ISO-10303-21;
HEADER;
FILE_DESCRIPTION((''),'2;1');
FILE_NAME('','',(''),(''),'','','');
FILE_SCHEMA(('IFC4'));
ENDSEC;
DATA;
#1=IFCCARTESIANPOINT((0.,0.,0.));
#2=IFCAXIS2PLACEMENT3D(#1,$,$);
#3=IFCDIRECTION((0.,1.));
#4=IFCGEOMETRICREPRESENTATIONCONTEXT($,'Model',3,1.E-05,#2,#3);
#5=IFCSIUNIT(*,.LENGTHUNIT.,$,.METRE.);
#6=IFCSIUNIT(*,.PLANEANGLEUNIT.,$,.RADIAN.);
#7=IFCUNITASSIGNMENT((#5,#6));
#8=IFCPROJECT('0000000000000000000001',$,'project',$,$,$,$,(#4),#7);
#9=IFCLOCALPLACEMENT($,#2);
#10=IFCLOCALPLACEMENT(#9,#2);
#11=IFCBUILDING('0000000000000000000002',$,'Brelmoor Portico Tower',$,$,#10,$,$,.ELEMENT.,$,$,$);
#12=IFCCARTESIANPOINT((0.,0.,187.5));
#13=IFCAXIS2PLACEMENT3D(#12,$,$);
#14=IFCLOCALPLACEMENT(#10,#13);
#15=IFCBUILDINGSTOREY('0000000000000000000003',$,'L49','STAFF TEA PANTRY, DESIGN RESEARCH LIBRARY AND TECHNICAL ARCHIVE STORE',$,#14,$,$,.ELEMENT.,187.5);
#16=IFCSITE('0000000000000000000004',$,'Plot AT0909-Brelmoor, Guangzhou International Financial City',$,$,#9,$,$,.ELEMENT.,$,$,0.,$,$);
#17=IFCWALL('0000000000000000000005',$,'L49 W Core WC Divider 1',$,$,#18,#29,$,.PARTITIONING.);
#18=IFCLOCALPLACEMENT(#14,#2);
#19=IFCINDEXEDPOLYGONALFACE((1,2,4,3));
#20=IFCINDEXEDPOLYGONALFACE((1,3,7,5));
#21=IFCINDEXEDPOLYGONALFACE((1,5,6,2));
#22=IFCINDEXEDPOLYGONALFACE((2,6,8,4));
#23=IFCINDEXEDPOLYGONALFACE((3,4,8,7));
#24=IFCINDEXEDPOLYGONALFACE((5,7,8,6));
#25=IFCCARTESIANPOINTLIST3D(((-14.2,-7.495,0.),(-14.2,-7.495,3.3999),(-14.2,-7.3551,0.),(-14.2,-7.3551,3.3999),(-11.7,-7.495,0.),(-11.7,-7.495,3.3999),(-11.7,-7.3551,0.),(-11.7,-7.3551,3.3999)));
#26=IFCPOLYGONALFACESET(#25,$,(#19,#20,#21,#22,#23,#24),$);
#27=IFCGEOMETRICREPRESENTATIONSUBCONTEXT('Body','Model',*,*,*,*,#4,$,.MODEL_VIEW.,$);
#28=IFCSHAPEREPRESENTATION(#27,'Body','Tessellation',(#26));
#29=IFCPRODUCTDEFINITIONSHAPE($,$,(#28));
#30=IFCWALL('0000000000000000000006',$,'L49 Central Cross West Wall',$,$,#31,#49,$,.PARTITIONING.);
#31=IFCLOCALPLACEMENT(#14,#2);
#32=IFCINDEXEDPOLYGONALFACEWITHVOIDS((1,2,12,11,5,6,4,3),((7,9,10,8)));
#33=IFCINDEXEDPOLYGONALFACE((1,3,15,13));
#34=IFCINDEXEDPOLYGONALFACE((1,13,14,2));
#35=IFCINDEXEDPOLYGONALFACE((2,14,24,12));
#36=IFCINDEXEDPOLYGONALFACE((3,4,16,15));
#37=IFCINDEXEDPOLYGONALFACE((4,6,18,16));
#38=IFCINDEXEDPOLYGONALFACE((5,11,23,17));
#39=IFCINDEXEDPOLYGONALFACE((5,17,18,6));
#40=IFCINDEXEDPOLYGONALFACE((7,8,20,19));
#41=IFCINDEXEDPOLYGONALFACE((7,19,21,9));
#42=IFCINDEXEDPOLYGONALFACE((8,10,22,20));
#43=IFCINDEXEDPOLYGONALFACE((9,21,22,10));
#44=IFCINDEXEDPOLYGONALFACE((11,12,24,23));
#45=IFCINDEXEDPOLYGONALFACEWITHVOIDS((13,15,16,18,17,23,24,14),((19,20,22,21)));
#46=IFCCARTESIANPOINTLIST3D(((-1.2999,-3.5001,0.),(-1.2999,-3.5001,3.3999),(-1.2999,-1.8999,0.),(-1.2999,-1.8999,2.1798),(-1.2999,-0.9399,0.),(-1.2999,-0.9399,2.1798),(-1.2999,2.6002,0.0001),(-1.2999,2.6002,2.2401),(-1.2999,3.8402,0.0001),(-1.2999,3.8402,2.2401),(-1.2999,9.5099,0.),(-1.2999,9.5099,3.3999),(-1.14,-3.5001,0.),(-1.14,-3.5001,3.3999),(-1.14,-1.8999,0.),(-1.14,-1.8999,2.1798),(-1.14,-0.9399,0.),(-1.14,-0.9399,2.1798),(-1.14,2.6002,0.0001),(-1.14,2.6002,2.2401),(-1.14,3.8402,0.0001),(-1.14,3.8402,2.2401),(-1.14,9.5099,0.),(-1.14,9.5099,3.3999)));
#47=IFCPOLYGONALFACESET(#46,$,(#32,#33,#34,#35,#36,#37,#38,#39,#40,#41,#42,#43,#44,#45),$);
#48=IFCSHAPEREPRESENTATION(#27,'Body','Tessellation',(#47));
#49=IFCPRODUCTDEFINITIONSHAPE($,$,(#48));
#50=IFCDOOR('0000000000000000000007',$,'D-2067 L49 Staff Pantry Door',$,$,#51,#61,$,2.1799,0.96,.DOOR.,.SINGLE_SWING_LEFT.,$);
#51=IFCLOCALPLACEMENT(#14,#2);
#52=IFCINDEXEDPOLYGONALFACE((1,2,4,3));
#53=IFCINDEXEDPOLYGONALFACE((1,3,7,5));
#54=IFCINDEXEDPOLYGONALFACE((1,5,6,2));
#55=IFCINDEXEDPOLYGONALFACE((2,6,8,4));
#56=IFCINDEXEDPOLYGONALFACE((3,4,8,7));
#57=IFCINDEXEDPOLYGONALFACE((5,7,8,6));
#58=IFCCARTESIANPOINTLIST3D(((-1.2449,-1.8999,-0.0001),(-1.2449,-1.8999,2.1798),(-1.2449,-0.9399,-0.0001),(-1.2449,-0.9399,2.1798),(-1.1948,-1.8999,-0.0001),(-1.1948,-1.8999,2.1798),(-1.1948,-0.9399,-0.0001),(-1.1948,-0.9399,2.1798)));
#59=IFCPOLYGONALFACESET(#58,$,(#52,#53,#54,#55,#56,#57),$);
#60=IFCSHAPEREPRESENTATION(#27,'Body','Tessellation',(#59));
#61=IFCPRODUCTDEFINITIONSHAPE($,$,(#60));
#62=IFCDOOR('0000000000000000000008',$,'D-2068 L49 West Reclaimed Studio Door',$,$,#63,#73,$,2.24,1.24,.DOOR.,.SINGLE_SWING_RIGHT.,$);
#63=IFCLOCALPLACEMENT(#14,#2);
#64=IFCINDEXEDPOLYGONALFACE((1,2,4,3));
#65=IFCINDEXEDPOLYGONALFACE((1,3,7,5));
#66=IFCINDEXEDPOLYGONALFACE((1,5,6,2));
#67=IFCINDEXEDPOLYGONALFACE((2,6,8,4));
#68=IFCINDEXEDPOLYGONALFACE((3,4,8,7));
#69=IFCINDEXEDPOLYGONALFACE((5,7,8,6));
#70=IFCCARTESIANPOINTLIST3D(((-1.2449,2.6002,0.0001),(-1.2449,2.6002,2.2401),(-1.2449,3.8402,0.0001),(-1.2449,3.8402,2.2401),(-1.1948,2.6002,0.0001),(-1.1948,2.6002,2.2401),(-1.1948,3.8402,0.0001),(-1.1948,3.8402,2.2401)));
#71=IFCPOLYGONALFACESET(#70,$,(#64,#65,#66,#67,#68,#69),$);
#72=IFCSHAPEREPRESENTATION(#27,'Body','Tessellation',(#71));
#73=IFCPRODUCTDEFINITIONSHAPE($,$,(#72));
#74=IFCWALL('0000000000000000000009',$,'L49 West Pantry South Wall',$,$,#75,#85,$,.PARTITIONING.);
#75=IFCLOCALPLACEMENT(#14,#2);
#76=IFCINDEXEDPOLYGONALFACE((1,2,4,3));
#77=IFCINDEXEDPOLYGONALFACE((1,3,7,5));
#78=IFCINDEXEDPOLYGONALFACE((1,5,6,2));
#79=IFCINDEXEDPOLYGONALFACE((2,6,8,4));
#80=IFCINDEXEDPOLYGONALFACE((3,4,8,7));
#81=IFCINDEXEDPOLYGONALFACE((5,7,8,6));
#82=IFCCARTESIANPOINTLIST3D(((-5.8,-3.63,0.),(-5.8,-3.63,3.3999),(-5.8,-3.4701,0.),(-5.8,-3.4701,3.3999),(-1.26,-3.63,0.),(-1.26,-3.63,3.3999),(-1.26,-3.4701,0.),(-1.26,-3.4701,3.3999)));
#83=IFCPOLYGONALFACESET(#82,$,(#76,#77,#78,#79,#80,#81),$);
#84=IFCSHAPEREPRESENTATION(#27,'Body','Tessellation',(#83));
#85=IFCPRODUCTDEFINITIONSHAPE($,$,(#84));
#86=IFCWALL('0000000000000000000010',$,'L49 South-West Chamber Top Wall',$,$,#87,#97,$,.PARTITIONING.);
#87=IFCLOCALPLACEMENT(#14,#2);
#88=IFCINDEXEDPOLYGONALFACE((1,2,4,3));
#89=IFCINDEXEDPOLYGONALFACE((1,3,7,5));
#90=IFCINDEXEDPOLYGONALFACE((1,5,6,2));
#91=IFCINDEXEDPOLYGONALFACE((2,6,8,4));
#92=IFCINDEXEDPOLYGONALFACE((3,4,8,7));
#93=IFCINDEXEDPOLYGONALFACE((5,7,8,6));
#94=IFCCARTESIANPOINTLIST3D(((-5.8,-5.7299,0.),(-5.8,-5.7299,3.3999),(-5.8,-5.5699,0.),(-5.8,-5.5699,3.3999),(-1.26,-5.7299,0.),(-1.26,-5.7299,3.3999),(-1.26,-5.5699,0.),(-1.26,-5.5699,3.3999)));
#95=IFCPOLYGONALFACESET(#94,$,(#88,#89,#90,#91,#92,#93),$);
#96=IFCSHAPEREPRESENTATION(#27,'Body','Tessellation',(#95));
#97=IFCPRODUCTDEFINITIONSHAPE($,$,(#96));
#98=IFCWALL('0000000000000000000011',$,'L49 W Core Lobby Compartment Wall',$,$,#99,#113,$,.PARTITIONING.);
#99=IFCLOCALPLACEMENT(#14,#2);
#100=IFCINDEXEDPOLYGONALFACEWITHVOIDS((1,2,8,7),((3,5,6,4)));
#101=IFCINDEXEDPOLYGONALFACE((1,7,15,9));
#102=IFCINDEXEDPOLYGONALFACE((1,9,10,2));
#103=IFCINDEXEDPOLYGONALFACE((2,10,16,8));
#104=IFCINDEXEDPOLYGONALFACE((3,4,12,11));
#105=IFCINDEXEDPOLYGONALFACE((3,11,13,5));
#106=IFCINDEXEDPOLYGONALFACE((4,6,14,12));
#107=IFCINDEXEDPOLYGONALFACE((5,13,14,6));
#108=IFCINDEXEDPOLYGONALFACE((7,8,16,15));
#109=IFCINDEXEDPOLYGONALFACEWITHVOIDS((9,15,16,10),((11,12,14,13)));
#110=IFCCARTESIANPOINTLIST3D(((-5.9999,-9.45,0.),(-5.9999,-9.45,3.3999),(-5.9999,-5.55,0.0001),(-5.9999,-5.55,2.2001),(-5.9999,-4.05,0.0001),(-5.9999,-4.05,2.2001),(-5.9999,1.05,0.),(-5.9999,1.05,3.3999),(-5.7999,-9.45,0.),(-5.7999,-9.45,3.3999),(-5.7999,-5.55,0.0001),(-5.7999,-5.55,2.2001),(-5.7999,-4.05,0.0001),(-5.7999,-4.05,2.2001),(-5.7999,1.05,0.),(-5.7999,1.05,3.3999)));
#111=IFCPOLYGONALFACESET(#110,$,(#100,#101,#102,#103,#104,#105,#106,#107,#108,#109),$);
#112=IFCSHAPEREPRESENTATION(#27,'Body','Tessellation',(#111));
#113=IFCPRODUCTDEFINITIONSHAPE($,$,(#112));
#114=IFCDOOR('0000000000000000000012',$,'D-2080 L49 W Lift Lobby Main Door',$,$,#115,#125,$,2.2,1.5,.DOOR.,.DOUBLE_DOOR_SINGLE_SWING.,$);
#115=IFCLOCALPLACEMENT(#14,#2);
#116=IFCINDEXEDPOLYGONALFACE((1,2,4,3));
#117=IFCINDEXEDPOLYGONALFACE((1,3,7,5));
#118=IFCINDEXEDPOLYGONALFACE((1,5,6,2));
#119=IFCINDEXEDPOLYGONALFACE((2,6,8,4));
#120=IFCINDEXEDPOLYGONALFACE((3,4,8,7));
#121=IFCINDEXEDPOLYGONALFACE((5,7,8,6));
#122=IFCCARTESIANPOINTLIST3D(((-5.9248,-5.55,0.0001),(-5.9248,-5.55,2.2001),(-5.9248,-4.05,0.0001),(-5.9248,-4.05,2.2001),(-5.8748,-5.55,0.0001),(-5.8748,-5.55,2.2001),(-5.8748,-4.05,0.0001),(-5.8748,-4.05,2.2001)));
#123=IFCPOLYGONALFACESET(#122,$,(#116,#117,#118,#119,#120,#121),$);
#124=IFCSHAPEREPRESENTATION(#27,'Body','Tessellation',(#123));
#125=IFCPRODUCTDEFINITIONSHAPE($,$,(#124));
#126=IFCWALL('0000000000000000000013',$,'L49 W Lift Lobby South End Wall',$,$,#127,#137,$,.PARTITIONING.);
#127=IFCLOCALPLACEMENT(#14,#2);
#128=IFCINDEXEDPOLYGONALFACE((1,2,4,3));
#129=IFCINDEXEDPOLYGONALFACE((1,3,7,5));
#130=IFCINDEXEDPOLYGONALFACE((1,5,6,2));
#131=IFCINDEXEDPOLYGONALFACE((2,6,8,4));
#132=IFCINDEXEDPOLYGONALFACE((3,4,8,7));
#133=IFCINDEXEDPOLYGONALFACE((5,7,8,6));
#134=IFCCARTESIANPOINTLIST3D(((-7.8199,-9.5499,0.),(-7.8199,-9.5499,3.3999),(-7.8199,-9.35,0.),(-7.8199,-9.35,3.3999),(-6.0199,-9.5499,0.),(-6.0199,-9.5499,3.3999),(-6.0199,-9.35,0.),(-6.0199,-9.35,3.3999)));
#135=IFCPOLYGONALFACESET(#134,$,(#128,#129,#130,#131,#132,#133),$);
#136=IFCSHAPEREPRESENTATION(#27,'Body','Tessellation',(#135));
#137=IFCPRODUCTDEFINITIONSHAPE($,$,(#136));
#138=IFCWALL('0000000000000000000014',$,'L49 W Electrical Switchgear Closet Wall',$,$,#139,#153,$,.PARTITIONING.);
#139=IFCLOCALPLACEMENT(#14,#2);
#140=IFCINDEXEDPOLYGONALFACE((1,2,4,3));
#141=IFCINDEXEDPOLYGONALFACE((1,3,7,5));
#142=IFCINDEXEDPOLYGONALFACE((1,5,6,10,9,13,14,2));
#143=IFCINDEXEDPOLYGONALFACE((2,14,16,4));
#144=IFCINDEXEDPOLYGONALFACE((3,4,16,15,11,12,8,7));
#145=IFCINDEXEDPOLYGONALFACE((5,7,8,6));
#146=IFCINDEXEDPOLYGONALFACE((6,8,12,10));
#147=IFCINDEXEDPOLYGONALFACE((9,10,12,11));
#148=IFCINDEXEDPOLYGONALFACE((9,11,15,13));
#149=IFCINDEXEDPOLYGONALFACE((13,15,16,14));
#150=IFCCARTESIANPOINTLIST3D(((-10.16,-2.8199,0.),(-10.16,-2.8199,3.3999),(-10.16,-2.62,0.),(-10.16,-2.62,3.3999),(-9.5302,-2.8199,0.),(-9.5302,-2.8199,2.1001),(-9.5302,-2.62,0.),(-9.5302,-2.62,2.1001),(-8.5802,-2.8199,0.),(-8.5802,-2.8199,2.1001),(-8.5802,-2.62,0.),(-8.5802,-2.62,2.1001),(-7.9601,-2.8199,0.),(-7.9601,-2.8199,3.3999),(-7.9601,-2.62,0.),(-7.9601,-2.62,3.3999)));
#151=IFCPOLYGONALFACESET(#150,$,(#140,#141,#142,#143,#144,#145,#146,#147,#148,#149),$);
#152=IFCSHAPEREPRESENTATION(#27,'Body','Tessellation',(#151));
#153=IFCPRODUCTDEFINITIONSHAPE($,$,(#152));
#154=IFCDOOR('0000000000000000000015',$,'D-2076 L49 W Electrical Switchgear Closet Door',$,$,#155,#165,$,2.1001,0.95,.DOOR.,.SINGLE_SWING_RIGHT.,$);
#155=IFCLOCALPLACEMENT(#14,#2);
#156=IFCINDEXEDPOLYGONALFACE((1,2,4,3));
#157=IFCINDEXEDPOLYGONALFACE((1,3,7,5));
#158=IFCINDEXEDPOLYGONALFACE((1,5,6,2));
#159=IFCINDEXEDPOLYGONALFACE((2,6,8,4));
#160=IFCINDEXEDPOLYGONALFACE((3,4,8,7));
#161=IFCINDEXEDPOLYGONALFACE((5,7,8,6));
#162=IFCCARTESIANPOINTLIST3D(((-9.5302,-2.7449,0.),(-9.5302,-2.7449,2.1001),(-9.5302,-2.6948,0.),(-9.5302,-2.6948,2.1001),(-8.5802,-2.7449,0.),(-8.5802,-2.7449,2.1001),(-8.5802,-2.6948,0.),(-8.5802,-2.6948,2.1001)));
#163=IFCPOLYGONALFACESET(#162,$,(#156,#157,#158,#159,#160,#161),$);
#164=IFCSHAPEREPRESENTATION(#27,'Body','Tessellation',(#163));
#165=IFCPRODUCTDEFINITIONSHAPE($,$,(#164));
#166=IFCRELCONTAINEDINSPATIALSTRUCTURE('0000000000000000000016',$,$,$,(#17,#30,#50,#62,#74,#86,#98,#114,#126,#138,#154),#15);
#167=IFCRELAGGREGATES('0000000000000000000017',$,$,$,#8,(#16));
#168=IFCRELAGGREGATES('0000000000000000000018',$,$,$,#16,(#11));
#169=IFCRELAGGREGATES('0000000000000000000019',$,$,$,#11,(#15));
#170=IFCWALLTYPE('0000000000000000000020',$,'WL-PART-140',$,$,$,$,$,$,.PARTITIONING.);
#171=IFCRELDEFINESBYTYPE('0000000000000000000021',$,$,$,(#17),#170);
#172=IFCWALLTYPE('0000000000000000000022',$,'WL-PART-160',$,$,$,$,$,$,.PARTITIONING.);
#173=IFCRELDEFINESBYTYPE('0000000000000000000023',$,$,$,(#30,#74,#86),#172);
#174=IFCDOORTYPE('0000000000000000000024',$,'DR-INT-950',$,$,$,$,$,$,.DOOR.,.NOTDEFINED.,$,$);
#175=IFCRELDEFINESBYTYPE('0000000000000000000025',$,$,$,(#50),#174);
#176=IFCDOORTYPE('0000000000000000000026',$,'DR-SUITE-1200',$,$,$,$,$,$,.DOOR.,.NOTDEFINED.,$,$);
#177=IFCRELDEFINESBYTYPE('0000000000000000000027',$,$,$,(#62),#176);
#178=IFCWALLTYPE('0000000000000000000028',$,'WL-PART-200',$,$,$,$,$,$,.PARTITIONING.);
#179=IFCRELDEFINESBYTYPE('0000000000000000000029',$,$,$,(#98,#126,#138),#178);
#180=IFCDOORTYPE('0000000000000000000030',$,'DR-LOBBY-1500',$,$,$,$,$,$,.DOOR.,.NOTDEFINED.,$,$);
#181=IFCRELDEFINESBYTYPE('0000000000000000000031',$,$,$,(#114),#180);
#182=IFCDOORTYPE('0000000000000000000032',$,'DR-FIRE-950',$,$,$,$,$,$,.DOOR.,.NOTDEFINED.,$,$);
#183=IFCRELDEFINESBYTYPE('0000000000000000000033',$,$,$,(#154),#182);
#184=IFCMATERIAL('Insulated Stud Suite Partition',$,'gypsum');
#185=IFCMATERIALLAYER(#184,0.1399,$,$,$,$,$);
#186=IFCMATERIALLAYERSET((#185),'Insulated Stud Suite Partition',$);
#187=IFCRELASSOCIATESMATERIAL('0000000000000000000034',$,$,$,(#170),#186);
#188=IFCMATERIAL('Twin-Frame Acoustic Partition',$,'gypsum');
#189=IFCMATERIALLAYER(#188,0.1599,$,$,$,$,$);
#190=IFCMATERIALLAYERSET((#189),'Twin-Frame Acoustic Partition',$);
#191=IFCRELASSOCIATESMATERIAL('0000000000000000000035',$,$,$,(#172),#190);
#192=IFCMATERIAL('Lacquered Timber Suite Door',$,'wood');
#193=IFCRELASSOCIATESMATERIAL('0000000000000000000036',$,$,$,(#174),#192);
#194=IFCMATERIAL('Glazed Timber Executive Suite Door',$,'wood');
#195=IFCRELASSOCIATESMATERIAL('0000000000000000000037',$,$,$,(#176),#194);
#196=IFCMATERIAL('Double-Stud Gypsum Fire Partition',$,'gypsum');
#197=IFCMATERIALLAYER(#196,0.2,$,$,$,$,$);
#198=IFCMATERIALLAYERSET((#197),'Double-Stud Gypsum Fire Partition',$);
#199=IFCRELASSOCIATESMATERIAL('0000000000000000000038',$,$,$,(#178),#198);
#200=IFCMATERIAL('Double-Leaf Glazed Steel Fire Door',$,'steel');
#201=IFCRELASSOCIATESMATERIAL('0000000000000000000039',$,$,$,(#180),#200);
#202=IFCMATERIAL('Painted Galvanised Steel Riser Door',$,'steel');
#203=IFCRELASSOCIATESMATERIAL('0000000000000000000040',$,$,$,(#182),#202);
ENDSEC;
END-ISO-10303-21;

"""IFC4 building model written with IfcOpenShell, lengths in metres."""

from ifc_helpers import new_model, si_unit, direction, frame, frame_2d, origin, place, context, subcontext, project, spatial, rectangle, extrude, material, layer, layer_set, type_object, element, fill, save


model = new_model("IFC4")

# Units and contexts
model_context = context("Model", 3, precision=1e-05, world=origin(), true_north=direction((0.0, 1.0)))
body_context = subcontext(model_context, "Body", "Model", "MODEL_VIEW")
ifc_project = project(units=[si_unit("LENGTHUNIT", "METRE"), si_unit("PLANEANGLEUNIT", "RADIAN")], contexts=[model_context])

# Site, building, storey
site_placement = place(None, origin())
site = spatial("IfcSite", under=ifc_project, at=site_placement, Name="Plot AT0909-Brelmoor, Guangzhou International Financial City", CompositionType="ELEMENT", RefElevation=0.0)
building_placement = place(site_placement, origin())
building = spatial("IfcBuilding", under=site, at=building_placement, Name="Brelmoor Portico Tower", CompositionType="ELEMENT")
storey_placement = place(building_placement, frame((0.0, 0.0, 187.5)))
storey = spatial("IfcBuildingStorey", under=building, at=storey_placement, Name="L49", Description="STAFF TEA PANTRY, DESIGN RESEARCH LIBRARY AND TECHNICAL ARCHIVE STORE", CompositionType="ELEMENT", Elevation=187.5)

# Wall
ifc_material_1 = material(Name="Insulated Stud Suite Partition", Category="gypsum")
ifc_layer_1 = layer(ifc_material_1, 0.1399)
ifc_layer_set_1 = layer_set([ifc_layer_1], Name="Insulated Stud Suite Partition")
wall_type_1 = type_object("IfcWallType", Name="WL-PART-140", PredefinedType="PARTITIONING", material=ifc_layer_set_1)
wall_1_placement = place(storey_placement, frame((-11.7, -7.425, 0.0), z_axis=(0.0, 0.0, 1.0), x_axis=(-1.0, 0.0, 0.0)))
element("IfcWall", 1, at=wall_1_placement, inside=storey, type_object=wall_type_1, Name="L49 W Core WC Divider 1", PredefinedType="PARTITIONING", context=body_context, shape_type="SweptSolid", body=[
    extrude(rectangle(XDim=2.5, YDim=0.1399, at=frame_2d((1.25, 0.0))), origin(), (0.0, 0.0, 1.0), 3.3999),
])

# Wall, openings, doors
ifc_material_2 = material(Name="Twin-Frame Acoustic Partition", Category="gypsum")
ifc_layer_2 = layer(ifc_material_2, 0.1599)
ifc_layer_set_2 = layer_set([ifc_layer_2], Name="Twin-Frame Acoustic Partition")
wall_type_2 = type_object("IfcWallType", Name="WL-PART-160", PredefinedType="PARTITIONING", material=ifc_layer_set_2)
ifc_material_3 = material(Name="Lacquered Timber Suite Door", Category="wood")
wall_2_placement = place(storey_placement, frame((-1.22, -3.5, 0.0), z_axis=(0.0, 0.0, 1.0), x_axis=(0.0, 1.0, 0.0)))
wall_2 = element("IfcWall", 2, at=wall_2_placement, inside=storey, type_object=wall_type_2, Name="L49 Central Cross West Wall", PredefinedType="PARTITIONING", context=body_context, shape_type="SweptSolid", body=[
    extrude(rectangle(XDim=13.01, YDim=0.1599, at=frame_2d((6.5049, 0.0))), origin(), (0.0, 0.0, 1.0), 3.3999),
])
opening_1_placement = place(wall_2_placement, frame((6.1001, 0.0, 0.0)))
opening_1 = element("IfcOpeningElement", 3, at=opening_1_placement, cuts=wall_2, PredefinedType="OPENING", context=body_context, shape_type="SweptSolid", body=[
    extrude(rectangle(XDim=1.24, YDim=2.24, at=frame_2d((0.6201, 1.1201))), frame((0.0, 0.0898, 0.0), z_axis=(0.0, -1.0, 0.0), x_axis=(1.0, 0.0, 0.0)), (0.0, 0.0, 1.0), 0.1799),
])
opening_2_placement = place(wall_2_placement, frame((1.6001, 0.0, 0.0)))
opening_2 = element("IfcOpeningElement", 4, at=opening_2_placement, cuts=wall_2, PredefinedType="OPENING", context=body_context, shape_type="SweptSolid", body=[
    extrude(rectangle(XDim=0.96, YDim=2.1799, at=frame_2d((0.48, 1.0898))), frame((0.0, 0.0898, 0.0), z_axis=(0.0, -1.0, 0.0), x_axis=(1.0, 0.0, 0.0)), (0.0, 0.0, 1.0), 0.1799),
])
door_type_1 = type_object("IfcDoorType", Name="DR-INT-950", OperationType="NOTDEFINED", PredefinedType="DOOR", material=ifc_material_3)
door_1_placement = place(opening_2_placement, origin())
door_1 = element("IfcDoor", 5, at=door_1_placement, inside=storey, type_object=door_type_1, Name="D-2067 L49 Staff Pantry Door", OperationType="SINGLE_SWING_LEFT", OverallHeight=2.1799, OverallWidth=0.96, PredefinedType="DOOR", context=body_context, shape_type="SweptSolid", body=[
    extrude(rectangle(XDim=0.96, YDim=2.1799, at=frame_2d((0.48, 1.0898))), frame((0.0, 0.0249, 0.0), z_axis=(0.0, -1.0, 0.0), x_axis=(1.0, 0.0, 0.0)), (0.0, 0.0, 1.0), 0.05),
])
fill(opening_2, door_1)
ifc_material_4 = material(Name="Glazed Timber Executive Suite Door", Category="wood")
door_type_2 = type_object("IfcDoorType", Name="DR-SUITE-1200", OperationType="NOTDEFINED", PredefinedType="DOOR", material=ifc_material_4)
door_2_placement = place(opening_1_placement, origin())
door_2 = element("IfcDoor", 6, at=door_2_placement, inside=storey, type_object=door_type_2, Name="D-2068 L49 West Reclaimed Studio Door", OperationType="SINGLE_SWING_RIGHT", OverallHeight=2.24, OverallWidth=1.24, PredefinedType="DOOR", context=body_context, shape_type="SweptSolid", body=[
    extrude(rectangle(XDim=1.24, YDim=2.24, at=frame_2d((0.6201, 1.1201))), frame((0.0, 0.0249, 0.0), z_axis=(0.0, -1.0, 0.0), x_axis=(1.0, 0.0, 0.0)), (0.0, 0.0, 1.0), 0.05),
])
fill(opening_1, door_2)

# Walls
for number, where, z_axis, x_axis, name in (
    (7, (-5.8, -3.55, 0.0), (0.0, 0.0, 1.0), (1.0, 0.0, 0.0), "L49 West Pantry South Wall"),
    (8, (-5.8, -5.6499, 0.0), (0.0, 0.0, 1.0), (1.0, 0.0, 0.0), "L49 South-West Chamber Top Wall"),
):
    element("IfcWall", number, at=place(storey_placement, frame(where, z_axis=z_axis, x_axis=x_axis)), inside=storey, type_object=wall_type_2, Name=name, PredefinedType="PARTITIONING", context=body_context, shape_type="SweptSolid", body=[
        extrude(rectangle(XDim=4.54, YDim=0.1599, at=frame_2d((2.27, 0.0))), origin(), (0.0, 0.0, 1.0), 3.3999),
    ])

# Wall, opening, door
ifc_material_5 = material(Name="Double-Stud Gypsum Fire Partition", Category="gypsum")
ifc_layer_3 = layer(ifc_material_5, 0.2)
ifc_layer_set_3 = layer_set([ifc_layer_3], Name="Double-Stud Gypsum Fire Partition")
wall_type_3 = type_object("IfcWallType", Name="WL-PART-200", PredefinedType="PARTITIONING", material=ifc_layer_set_3)
wall_3_placement = place(storey_placement, frame((-5.8999, -9.45, 0.0), z_axis=(0.0, 0.0, 1.0), x_axis=(0.0, 1.0, 0.0)))
wall_3 = element("IfcWall", 9, at=wall_3_placement, inside=storey, type_object=wall_type_3, Name="L49 W Core Lobby Compartment Wall", PredefinedType="PARTITIONING", context=body_context, shape_type="SweptSolid", body=[
    extrude(rectangle(XDim=10.5, YDim=0.2, at=frame_2d((5.25, 0.0))), origin(), (0.0, 0.0, 1.0), 3.3999),
])
opening_3_placement = place(wall_3_placement, frame((3.8999, 0.0, 0.0)))
opening_3 = element("IfcOpeningElement", 10, at=opening_3_placement, cuts=wall_3, PredefinedType="OPENING", context=body_context, shape_type="SweptSolid", body=[
    extrude(rectangle(XDim=1.5, YDim=2.2, at=frame_2d((0.75, 1.1001))), frame((0.0, 0.1099, 0.0), z_axis=(0.0, -1.0, 0.0), x_axis=(1.0, 0.0, 0.0)), (0.0, 0.0, 1.0), 0.22),
])
ifc_material_6 = material(Name="Double-Leaf Glazed Steel Fire Door", Category="steel")
door_type_3 = type_object("IfcDoorType", Name="DR-LOBBY-1500", OperationType="NOTDEFINED", PredefinedType="DOOR", material=ifc_material_6)
door_3_placement = place(opening_3_placement, origin())
door_3 = element("IfcDoor", 11, at=door_3_placement, inside=storey, type_object=door_type_3, Name="D-2080 L49 W Lift Lobby Main Door", OperationType="DOUBLE_DOOR_SINGLE_SWING", OverallHeight=2.2, OverallWidth=1.5, PredefinedType="DOOR", context=body_context, shape_type="SweptSolid", body=[
    extrude(rectangle(XDim=1.5, YDim=2.2, at=frame_2d((0.75, 1.1001))), frame((0.0, 0.0249, 0.0), z_axis=(0.0, -1.0, 0.0), x_axis=(1.0, 0.0, 0.0)), (0.0, 0.0, 1.0), 0.05),
])
fill(opening_3, door_3)

# Wall
wall_4_placement = place(storey_placement, frame((-6.02, -9.45, 0.0), z_axis=(0.0, 0.0, 1.0), x_axis=(-1.0, 0.0, 0.0)))
element("IfcWall", 12, at=wall_4_placement, inside=storey, type_object=wall_type_3, Name="L49 W Lift Lobby South End Wall", PredefinedType="PARTITIONING", context=body_context, shape_type="SweptSolid", body=[
    extrude(rectangle(XDim=1.8, YDim=0.2, at=frame_2d((0.8999, 0.0))), origin(), (0.0, 0.0, 1.0), 3.3999),
])

# Wall, opening, door
wall_5_placement = place(storey_placement, frame((-7.96, -2.72, 0.0), z_axis=(0.0, 0.0, 1.0), x_axis=(-1.0, 0.0, 0.0)))
wall_5 = element("IfcWall", 13, at=wall_5_placement, inside=storey, type_object=wall_type_3, Name="L49 W Electrical Switchgear Closet Wall", PredefinedType="PARTITIONING", context=body_context, shape_type="SweptSolid", body=[
    extrude(rectangle(XDim=2.2, YDim=0.2, at=frame_2d((1.1001, 0.0))), origin(), (0.0, 0.0, 1.0), 3.3999),
])
opening_4_placement = place(wall_5_placement, frame((0.6201, 0.0, 0.0)))
opening_4 = element("IfcOpeningElement", 14, at=opening_4_placement, cuts=wall_5, PredefinedType="OPENING", context=body_context, shape_type="SweptSolid", body=[
    extrude(rectangle(XDim=0.95, YDim=2.1001, at=frame_2d((0.4751, 1.05))), frame((0.0, 0.1099, 0.0), z_axis=(0.0, -1.0, 0.0), x_axis=(1.0, 0.0, 0.0)), (0.0, 0.0, 1.0), 0.22),
])
ifc_material_7 = material(Name="Painted Galvanised Steel Riser Door", Category="steel")
door_type_4 = type_object("IfcDoorType", Name="DR-FIRE-950", OperationType="NOTDEFINED", PredefinedType="DOOR", material=ifc_material_7)
door_4_placement = place(opening_4_placement, origin())
door_4 = element("IfcDoor", 15, at=door_4_placement, inside=storey, type_object=door_type_4, Name="D-2076 L49 W Electrical Switchgear Closet Door", OperationType="SINGLE_SWING_RIGHT", OverallHeight=2.1001, OverallWidth=0.95, PredefinedType="DOOR", context=body_context, shape_type="SweptSolid", body=[
    extrude(rectangle(XDim=0.95, YDim=2.1001, at=frame_2d((0.4751, 1.05))), frame((0.0, 0.0249, 0.0), z_axis=(0.0, -1.0, 0.0), x_axis=(1.0, 0.0, 0.0)), (0.0, 0.0, 1.0), 0.05),
])
fill(opening_4, door_4)

save(model, "model.ifc")
